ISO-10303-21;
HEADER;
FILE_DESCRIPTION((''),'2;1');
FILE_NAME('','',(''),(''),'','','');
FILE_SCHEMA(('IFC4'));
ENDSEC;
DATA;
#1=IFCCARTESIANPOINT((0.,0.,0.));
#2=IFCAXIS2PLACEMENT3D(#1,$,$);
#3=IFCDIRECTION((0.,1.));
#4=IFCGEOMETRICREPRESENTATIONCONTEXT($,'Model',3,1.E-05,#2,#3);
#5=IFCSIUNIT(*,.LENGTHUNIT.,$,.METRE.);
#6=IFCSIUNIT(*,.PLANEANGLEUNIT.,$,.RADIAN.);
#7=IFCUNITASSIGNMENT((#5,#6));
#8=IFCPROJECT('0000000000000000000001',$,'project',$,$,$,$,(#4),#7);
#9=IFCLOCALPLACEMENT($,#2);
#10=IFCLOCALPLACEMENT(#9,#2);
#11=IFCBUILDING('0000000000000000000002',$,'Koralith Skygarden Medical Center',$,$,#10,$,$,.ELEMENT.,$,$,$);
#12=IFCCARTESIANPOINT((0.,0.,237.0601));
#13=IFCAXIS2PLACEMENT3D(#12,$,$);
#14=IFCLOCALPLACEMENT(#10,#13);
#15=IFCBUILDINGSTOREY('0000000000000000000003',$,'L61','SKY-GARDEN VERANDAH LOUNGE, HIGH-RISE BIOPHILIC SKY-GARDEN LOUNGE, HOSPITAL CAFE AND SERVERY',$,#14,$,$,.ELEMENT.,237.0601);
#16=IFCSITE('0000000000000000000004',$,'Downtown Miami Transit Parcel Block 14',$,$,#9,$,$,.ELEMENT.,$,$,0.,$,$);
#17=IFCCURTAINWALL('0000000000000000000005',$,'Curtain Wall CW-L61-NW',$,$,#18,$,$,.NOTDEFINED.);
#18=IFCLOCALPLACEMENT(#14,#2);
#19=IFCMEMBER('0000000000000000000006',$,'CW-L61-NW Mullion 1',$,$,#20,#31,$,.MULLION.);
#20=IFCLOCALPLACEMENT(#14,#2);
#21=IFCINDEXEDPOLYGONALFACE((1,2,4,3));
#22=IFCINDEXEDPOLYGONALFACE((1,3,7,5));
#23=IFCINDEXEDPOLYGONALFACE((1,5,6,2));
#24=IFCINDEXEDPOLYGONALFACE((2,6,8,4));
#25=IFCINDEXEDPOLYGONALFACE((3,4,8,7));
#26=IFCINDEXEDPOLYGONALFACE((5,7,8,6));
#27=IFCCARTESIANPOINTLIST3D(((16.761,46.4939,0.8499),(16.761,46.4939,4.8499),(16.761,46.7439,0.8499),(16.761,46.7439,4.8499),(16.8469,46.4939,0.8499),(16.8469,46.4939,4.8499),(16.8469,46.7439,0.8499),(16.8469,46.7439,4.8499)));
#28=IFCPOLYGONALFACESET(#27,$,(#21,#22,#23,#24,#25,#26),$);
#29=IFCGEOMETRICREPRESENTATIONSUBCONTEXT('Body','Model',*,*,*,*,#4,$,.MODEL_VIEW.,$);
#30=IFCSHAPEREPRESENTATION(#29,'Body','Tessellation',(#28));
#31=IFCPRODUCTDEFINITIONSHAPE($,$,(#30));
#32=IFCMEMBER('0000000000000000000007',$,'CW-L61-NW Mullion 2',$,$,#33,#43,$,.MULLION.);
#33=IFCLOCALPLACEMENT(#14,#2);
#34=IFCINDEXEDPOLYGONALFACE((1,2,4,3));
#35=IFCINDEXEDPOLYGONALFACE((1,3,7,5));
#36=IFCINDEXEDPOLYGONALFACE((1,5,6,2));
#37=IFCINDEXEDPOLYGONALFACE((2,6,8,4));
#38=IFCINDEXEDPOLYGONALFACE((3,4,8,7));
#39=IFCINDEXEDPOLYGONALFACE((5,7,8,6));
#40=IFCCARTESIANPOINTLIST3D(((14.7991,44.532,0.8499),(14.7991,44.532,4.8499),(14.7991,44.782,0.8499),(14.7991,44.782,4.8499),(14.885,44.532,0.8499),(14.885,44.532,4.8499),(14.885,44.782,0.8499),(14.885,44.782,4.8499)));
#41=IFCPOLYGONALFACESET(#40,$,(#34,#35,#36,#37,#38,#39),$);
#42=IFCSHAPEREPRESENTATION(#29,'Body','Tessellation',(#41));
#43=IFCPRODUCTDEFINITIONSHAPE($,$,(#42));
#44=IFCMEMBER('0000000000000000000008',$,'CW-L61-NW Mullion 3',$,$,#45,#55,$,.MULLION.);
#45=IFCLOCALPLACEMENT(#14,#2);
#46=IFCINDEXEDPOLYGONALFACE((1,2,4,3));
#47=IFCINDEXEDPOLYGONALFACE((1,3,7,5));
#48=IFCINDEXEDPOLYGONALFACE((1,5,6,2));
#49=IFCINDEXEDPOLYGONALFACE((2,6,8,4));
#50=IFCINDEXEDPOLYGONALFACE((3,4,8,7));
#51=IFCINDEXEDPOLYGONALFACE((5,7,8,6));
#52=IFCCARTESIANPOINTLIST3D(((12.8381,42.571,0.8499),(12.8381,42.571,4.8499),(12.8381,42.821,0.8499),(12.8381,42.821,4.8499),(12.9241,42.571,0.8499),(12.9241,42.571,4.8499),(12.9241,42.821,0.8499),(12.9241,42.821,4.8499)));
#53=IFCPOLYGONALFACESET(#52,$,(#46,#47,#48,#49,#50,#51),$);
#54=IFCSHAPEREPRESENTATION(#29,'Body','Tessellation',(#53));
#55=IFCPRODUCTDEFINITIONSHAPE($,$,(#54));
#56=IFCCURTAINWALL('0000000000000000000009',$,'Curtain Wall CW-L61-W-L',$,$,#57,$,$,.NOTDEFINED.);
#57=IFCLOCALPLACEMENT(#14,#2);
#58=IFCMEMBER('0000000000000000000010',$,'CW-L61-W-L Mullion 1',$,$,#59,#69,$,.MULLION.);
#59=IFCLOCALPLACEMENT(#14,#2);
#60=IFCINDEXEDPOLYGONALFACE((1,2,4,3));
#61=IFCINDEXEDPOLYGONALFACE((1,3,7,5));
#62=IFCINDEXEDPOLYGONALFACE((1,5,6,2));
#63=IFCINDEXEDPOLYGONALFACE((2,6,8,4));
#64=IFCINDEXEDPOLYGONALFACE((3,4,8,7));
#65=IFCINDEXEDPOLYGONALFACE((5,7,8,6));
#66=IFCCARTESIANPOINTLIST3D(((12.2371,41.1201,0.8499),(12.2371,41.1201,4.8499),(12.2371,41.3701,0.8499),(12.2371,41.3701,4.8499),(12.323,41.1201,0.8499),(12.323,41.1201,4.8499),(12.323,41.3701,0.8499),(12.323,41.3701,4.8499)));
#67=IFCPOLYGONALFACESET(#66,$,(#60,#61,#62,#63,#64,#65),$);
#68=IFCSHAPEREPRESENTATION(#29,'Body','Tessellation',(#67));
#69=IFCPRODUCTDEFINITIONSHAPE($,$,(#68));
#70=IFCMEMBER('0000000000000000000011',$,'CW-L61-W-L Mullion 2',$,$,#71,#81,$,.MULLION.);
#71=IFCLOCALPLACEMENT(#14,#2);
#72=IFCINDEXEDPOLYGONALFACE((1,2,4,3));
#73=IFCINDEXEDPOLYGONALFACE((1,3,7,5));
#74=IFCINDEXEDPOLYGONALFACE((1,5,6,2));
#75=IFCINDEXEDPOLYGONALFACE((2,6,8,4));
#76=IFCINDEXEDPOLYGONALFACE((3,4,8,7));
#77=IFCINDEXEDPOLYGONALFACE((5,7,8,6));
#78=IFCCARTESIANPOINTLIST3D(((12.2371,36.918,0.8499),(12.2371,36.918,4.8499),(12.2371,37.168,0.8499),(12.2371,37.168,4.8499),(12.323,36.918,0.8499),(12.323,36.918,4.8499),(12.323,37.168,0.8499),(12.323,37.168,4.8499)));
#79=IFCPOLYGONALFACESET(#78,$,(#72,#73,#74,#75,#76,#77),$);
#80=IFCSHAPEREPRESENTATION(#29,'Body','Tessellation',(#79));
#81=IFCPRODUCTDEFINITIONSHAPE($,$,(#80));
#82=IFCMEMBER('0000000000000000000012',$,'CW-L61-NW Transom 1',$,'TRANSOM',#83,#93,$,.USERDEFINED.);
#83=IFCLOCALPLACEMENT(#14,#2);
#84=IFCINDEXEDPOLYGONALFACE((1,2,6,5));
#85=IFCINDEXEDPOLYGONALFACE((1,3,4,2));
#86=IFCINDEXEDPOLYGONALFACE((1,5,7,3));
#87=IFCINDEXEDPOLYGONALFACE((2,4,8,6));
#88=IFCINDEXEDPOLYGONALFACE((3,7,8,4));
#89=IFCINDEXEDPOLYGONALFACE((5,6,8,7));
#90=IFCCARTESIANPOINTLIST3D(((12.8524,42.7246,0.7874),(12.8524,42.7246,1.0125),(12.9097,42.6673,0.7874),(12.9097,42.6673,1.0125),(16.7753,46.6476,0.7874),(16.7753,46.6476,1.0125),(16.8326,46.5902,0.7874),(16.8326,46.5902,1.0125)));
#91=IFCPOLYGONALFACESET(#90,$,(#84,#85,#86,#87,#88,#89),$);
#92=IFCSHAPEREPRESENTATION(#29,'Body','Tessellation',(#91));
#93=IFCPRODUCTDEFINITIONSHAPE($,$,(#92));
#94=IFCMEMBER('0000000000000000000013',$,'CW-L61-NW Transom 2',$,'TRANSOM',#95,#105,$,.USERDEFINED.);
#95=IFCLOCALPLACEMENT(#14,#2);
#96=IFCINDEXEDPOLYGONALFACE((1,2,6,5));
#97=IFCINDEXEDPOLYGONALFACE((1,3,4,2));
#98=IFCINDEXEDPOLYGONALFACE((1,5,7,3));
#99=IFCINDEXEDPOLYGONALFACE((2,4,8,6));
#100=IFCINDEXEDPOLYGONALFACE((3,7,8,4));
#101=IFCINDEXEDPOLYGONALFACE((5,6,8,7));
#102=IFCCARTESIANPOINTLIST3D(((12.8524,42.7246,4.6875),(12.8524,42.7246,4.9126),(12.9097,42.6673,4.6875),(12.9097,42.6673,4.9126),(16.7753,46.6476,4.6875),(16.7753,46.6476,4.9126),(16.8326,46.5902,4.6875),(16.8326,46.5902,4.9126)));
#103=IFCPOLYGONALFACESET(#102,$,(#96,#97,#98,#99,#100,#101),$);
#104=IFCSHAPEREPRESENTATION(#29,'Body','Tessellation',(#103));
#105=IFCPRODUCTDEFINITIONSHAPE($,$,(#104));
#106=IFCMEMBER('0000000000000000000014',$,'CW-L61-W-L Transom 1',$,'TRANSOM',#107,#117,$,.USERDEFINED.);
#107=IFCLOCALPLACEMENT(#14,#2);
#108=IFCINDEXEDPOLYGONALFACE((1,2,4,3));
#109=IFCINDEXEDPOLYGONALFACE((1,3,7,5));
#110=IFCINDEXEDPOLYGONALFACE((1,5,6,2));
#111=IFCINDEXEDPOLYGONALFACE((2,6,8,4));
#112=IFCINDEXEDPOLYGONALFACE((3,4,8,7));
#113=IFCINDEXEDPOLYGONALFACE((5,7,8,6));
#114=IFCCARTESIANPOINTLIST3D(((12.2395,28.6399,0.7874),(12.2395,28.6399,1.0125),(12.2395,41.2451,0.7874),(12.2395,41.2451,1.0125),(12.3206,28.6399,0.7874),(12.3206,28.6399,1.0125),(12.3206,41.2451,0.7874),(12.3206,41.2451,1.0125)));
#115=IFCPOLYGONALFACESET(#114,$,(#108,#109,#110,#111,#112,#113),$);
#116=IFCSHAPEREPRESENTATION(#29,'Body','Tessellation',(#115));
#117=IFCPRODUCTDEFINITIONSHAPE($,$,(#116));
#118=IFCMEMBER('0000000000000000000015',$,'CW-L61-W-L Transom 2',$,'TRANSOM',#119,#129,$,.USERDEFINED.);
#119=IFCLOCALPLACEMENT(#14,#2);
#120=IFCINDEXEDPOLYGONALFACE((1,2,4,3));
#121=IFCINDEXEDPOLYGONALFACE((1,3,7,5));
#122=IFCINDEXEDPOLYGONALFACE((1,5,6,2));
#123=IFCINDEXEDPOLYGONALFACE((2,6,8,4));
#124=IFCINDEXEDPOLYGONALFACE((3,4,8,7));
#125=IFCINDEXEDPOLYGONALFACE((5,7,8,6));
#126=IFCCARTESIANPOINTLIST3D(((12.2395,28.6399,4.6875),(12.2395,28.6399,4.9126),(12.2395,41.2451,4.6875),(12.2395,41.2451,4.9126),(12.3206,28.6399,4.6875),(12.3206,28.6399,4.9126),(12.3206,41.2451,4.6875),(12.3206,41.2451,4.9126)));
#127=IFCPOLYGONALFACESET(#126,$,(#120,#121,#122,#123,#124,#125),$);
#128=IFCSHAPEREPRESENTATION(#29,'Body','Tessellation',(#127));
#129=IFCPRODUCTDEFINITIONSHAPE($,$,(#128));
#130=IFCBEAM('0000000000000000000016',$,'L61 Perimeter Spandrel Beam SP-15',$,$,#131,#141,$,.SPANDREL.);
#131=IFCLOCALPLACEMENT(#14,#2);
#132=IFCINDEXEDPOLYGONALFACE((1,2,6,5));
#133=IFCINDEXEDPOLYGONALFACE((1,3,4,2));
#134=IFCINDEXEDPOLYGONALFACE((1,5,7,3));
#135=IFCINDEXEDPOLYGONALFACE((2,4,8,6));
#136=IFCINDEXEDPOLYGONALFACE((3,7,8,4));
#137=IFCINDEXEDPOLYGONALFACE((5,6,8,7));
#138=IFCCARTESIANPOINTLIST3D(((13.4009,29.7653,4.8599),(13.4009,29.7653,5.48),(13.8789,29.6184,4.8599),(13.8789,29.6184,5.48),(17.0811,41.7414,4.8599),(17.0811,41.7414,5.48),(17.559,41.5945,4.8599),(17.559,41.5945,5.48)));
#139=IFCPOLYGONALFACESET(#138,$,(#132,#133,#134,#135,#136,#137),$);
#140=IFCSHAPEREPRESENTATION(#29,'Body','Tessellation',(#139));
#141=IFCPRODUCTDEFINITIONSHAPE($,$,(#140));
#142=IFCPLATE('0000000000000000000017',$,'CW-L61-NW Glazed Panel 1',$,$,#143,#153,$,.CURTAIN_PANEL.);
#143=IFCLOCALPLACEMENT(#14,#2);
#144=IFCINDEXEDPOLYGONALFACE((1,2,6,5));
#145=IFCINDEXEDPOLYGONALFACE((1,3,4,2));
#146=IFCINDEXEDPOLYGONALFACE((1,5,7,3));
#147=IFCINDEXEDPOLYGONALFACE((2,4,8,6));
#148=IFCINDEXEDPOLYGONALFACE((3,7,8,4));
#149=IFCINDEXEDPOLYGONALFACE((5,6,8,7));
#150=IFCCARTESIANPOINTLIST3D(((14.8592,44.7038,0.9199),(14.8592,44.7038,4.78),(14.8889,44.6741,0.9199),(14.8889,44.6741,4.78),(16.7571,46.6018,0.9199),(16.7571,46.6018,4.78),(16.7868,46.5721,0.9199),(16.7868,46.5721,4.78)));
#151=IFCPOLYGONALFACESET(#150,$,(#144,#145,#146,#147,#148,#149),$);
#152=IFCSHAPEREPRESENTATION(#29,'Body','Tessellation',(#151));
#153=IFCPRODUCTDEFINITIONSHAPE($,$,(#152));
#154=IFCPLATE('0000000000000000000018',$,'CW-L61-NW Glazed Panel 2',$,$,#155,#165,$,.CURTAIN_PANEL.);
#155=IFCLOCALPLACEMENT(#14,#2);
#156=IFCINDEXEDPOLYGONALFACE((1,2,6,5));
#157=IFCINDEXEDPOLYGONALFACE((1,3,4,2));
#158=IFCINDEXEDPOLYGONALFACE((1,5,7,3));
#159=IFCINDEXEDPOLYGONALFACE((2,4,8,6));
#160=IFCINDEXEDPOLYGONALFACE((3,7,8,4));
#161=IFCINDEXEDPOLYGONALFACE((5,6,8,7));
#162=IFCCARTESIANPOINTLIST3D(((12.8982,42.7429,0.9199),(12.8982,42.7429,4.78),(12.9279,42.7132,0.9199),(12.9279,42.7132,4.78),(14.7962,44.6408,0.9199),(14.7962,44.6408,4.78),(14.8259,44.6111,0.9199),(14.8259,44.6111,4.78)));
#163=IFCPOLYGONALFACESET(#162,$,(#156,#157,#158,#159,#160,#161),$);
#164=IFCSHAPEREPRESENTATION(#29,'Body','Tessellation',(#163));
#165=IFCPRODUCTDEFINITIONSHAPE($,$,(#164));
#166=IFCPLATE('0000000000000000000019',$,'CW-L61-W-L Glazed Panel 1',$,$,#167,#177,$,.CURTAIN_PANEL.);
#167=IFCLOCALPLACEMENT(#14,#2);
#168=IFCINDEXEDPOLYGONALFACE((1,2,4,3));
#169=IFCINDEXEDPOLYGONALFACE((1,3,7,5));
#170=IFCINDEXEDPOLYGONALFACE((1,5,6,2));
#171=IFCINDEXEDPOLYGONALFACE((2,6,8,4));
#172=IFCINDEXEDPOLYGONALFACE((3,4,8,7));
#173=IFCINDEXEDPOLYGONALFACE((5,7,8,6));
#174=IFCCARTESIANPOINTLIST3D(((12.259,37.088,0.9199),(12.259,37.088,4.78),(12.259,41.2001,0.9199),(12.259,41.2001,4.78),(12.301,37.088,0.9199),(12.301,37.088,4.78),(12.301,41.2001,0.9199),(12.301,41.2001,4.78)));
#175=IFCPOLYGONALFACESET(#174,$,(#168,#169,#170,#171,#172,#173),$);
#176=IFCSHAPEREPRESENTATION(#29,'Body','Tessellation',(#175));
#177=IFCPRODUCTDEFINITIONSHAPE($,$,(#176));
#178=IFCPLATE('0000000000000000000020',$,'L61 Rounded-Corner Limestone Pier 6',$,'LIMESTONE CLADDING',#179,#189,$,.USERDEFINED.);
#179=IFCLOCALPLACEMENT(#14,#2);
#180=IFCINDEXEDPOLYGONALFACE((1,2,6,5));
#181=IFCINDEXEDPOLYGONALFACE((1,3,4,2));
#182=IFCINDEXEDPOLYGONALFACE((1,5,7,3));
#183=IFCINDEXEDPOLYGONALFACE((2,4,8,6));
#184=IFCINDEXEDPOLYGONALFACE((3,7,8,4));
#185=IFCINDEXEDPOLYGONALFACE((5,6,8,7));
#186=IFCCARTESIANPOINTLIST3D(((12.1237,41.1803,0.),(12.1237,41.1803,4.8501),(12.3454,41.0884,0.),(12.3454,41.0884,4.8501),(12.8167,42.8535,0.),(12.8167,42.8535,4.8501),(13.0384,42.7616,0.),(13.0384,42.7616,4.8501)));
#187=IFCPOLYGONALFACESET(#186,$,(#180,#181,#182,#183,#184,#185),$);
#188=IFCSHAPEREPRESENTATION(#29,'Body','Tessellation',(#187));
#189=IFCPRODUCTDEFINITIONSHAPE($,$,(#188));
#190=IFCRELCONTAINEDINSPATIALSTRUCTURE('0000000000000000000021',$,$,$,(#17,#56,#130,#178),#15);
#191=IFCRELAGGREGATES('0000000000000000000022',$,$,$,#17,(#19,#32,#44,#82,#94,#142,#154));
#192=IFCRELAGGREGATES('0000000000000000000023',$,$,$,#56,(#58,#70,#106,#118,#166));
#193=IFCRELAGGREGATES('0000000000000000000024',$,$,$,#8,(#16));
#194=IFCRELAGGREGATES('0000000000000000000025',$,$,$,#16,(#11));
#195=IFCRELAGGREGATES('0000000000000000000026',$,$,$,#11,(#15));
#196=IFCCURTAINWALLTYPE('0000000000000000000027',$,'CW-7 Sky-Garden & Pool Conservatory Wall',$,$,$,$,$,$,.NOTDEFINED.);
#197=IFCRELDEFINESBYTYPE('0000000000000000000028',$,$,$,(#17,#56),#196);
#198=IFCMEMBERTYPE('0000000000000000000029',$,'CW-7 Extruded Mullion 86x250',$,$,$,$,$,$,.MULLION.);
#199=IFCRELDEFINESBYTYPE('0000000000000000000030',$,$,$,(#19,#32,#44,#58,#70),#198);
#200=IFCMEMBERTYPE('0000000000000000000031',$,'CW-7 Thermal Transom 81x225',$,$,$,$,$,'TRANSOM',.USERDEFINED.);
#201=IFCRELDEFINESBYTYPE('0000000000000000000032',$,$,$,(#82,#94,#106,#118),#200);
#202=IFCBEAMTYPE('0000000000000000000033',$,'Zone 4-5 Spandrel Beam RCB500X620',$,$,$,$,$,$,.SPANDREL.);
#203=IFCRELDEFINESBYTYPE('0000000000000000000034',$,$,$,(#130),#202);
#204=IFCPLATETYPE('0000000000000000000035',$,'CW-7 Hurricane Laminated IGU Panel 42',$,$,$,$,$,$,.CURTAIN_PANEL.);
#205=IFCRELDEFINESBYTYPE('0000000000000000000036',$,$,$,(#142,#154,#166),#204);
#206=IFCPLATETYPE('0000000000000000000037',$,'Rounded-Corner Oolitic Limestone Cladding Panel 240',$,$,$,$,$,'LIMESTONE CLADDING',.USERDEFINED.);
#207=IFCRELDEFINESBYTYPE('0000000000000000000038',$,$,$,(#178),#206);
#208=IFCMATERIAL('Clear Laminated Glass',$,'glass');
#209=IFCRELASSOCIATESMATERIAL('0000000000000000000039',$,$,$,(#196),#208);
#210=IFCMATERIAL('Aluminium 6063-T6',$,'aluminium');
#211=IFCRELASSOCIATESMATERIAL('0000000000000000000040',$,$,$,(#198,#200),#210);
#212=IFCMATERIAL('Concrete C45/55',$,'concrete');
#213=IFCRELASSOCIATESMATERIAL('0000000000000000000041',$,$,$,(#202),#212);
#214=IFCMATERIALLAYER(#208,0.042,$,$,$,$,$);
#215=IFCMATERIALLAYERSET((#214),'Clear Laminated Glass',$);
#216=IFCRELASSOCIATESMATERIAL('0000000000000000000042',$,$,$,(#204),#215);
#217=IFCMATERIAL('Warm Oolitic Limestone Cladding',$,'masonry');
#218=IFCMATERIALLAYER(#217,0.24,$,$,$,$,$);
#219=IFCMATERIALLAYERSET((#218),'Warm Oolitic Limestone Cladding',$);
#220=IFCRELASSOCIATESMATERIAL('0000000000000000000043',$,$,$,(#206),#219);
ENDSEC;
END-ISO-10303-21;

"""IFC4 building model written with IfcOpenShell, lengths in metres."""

from ifc_helpers import new_model, si_unit, direction, frame, origin, origin_2d, place, context, subcontext, project, spatial, rectangle, extrude, material, layer, layer_set, material_profile, profile_set, type_object, element, aggregate, save


model = new_model("IFC4")

# Units and contexts
model_context = context("Model", 3, precision=1e-05, world=origin(), true_north=direction((0.0, 1.0)))
body_context = subcontext(model_context, "Body", "Model", "MODEL_VIEW")
ifc_project = project(units=[si_unit("LENGTHUNIT", "METRE"), si_unit("PLANEANGLEUNIT", "RADIAN")], contexts=[model_context])

# Site, building, storey
site_placement = place(None, origin())
site = spatial("IfcSite", under=ifc_project, at=site_placement, Name="Downtown Miami Transit Parcel Block 14", CompositionType="ELEMENT", RefElevation=0.0)
building_placement = place(site_placement, origin())
building = spatial("IfcBuilding", under=site, at=building_placement, Name="Koralith Skygarden Medical Center", CompositionType="ELEMENT")
storey_placement = place(building_placement, frame((0.0, 0.0, 237.0601)))
storey = spatial("IfcBuildingStorey", under=building, at=storey_placement, Name="L61", Description="SKY-GARDEN VERANDAH LOUNGE, HIGH-RISE BIOPHILIC SKY-GARDEN LOUNGE, HOSPITAL CAFE AND SERVERY", CompositionType="ELEMENT", Elevation=237.0601)

# Curtain walls, members
ifc_material_1 = material(Name="Clear Laminated Glass", Category="glass")
curtain_wall_type = type_object("IfcCurtainWallType", Name="CW-7 Sky-Garden & Pool Conservatory Wall", PredefinedType="NOTDEFINED", material=ifc_material_1)
curtain_wall_1_placement = place(storey_placement, origin())
curtain_wall_1 = element("IfcCurtainWall", 1, at=curtain_wall_1_placement, inside=storey, type_object=curtain_wall_type, Name="Curtain Wall CW-L61-NW", PredefinedType="NOTDEFINED")
ifc_material_2 = material(Name="Aluminium 6063-T6", Category="aluminium")
ifc_material_profile_1 = material_profile(ifc_material_2, rectangle(XDim=0.0859, YDim=0.25, at=origin_2d()), Name="MUL86X250")
ifc_profile_set_1 = profile_set([ifc_material_profile_1], Name="Aluminium 6063-T6")
member_type_1 = type_object("IfcMemberType", Name="CW-7 Extruded Mullion 86x250", PredefinedType="MULLION", material=ifc_profile_set_1)
member_1_placement = place(storey_placement, frame((16.804, 46.6189, 0.8499), z_axis=(0.0, 0.0, 1.0), x_axis=(1.0, 0.0, 0.0)))
member_1 = element("IfcMember", 2, at=member_1_placement, type_object=member_type_1, Name="CW-L61-NW Mullion 1", PredefinedType="MULLION", context=body_context, shape_type="SweptSolid", body=[
    extrude(rectangle(XDim=0.0859, YDim=0.25, at=origin_2d()), origin(), (0.0, 0.0, 1.0), 4.0),
])
member_2_placement = place(storey_placement, frame((14.842, 44.657, 0.8499), z_axis=(0.0, 0.0, 1.0), x_axis=(1.0, 0.0, 0.0)))
member_2 = element("IfcMember", 3, at=member_2_placement, type_object=member_type_1, Name="CW-L61-NW Mullion 2", PredefinedType="MULLION", context=body_context, shape_type="SweptSolid", body=[
    extrude(rectangle(XDim=0.0859, YDim=0.25, at=origin_2d()), origin(), (0.0, 0.0, 1.0), 4.0),
])
member_3_placement = place(storey_placement, frame((12.8811, 42.696, 0.8499), z_axis=(0.0, 0.0, 1.0), x_axis=(1.0, 0.0, 0.0)))
member_3 = element("IfcMember", 4, at=member_3_placement, type_object=member_type_1, Name="CW-L61-NW Mullion 3", PredefinedType="MULLION", context=body_context, shape_type="SweptSolid", body=[
    extrude(rectangle(XDim=0.0859, YDim=0.25, at=origin_2d()), origin(), (0.0, 0.0, 1.0), 4.0),
])
curtain_wall_2_placement = place(storey_placement, origin())
curtain_wall_2 = element("IfcCurtainWall", 5, at=curtain_wall_2_placement, inside=storey, type_object=curtain_wall_type, Name="Curtain Wall CW-L61-W-L", PredefinedType="NOTDEFINED")
member_4_placement = place(storey_placement, frame((12.28, 41.2451, 0.8499), z_axis=(0.0, 0.0, 1.0), x_axis=(1.0, 0.0, 0.0)))
member_4 = element("IfcMember", 6, at=member_4_placement, type_object=member_type_1, Name="CW-L61-W-L Mullion 1", PredefinedType="MULLION", context=body_context, shape_type="SweptSolid", body=[
    extrude(rectangle(XDim=0.0859, YDim=0.25, at=origin_2d()), origin(), (0.0, 0.0, 1.0), 4.0),
])
member_5_placement = place(storey_placement, frame((12.28, 37.043, 0.8499), z_axis=(0.0, 0.0, 1.0), x_axis=(1.0, 0.0, 0.0)))
member_5 = element("IfcMember", 7, at=member_5_placement, type_object=member_type_1, Name="CW-L61-W-L Mullion 2", PredefinedType="MULLION", context=body_context, shape_type="SweptSolid", body=[
    extrude(rectangle(XDim=0.0859, YDim=0.25, at=origin_2d()), origin(), (0.0, 0.0, 1.0), 4.0),
])

# Members
ifc_material_profile_2 = material_profile(ifc_material_2, rectangle(XDim=0.0811, YDim=0.2251, at=origin_2d()), Name="TRN81X225")
ifc_profile_set_2 = profile_set([ifc_material_profile_2], Name="Aluminium 6063-T6")
member_type_2 = type_object("IfcMemberType", Name="CW-7 Thermal Transom 81x225", ElementType="TRANSOM", PredefinedType="USERDEFINED", material=ifc_profile_set_2)
member_6_placement = place(storey_placement, frame((16.804, 46.6189, 0.8999), z_axis=(-0.707107, -0.707107, 0.0), x_axis=(0.707107, -0.707107, 0.0)))
member_6 = element("IfcMember", 8, at=member_6_placement, type_object=member_type_2, Name="CW-L61-NW Transom 1", ObjectType="TRANSOM", PredefinedType="USERDEFINED", context=body_context, shape_type="SweptSolid", body=[
    extrude(rectangle(XDim=0.0811, YDim=0.2251, at=origin_2d()), origin(), (0.0, 0.0, 1.0), 5.5479),
])
member_7_placement = place(storey_placement, frame((16.804, 46.6189, 4.8), z_axis=(-0.707107, -0.707107, 0.0), x_axis=(0.707107, -0.707107, 0.0)))
member_7 = element("IfcMember", 9, at=member_7_placement, type_object=member_type_2, Name="CW-L61-NW Transom 2", ObjectType="TRANSOM", PredefinedType="USERDEFINED", context=body_context, shape_type="SweptSolid", body=[
    extrude(rectangle(XDim=0.0811, YDim=0.2251, at=origin_2d()), origin(), (0.0, 0.0, 1.0), 5.5479),
])
member_8_placement = place(storey_placement, frame((12.28, 41.2451, 0.8999), z_axis=(0.0, -1.0, 0.0), x_axis=(1.0, 0.0, 0.0)))
member_8 = element("IfcMember", 10, at=member_8_placement, type_object=member_type_2, Name="CW-L61-W-L Transom 1", ObjectType="TRANSOM", PredefinedType="USERDEFINED", context=body_context, shape_type="SweptSolid", body=[
    extrude(rectangle(XDim=0.0811, YDim=0.2251, at=origin_2d()), origin(), (0.0, 0.0, 1.0), 12.6052),
])
member_9_placement = place(storey_placement, frame((12.28, 41.2451, 4.8), z_axis=(0.0, -1.0, 0.0), x_axis=(1.0, 0.0, 0.0)))
member_9 = element("IfcMember", 11, at=member_9_placement, type_object=member_type_2, Name="CW-L61-W-L Transom 2", ObjectType="TRANSOM", PredefinedType="USERDEFINED", context=body_context, shape_type="SweptSolid", body=[
    extrude(rectangle(XDim=0.0811, YDim=0.2251, at=origin_2d()), origin(), (0.0, 0.0, 1.0), 12.6052),
])

# Beam
ifc_material_3 = material(Name="Concrete C45/55", Category="concrete")
ifc_material_profile_3 = material_profile(ifc_material_3, rectangle(XDim=0.5, YDim=0.6201, at=origin_2d()), Name="RCB500X620")
ifc_profile_set_3 = profile_set([ifc_material_profile_3], Name="Concrete C45/55")
beam_type = type_object("IfcBeamType", Name="Zone 4-5 Spandrel Beam RCB500X620", PredefinedType="SPANDREL", material=ifc_profile_set_3)
beam_placement = place(storey_placement, frame((17.3201, 41.668, 5.1699), z_axis=(-0.293738, -0.955886, 0.0), x_axis=(0.955886, -0.293738, 0.0)))
element("IfcBeam", 12, at=beam_placement, inside=storey, type_object=beam_type, Name="L61 Perimeter Spandrel Beam SP-15", PredefinedType="SPANDREL", context=body_context, shape_type="SweptSolid", body=[
    extrude(rectangle(XDim=0.5, YDim=0.6201, at=origin_2d()), origin(), (0.0, 0.0, 1.0), 12.5288),
])

# Plates
ifc_layer_1 = layer(ifc_material_1, 0.042)
ifc_layer_set_1 = layer_set([ifc_layer_1], Name="Clear Laminated Glass")
plate_type_1 = type_object("IfcPlateType", Name="CW-7 Hurricane Laminated IGU Panel 42", PredefinedType="CURTAIN_PANEL", material=ifc_layer_set_1)
plate_1_placement = place(storey_placement, frame((15.823, 45.6379, 0.9199), z_axis=(0.0, 0.0, 1.0), x_axis=(-0.707107, -0.707107, 0.0)))
plate_1 = element("IfcPlate", 13, at=plate_1_placement, type_object=plate_type_1, Name="CW-L61-NW Glazed Panel 1", PredefinedType="CURTAIN_PANEL", context=body_context, shape_type="SweptSolid", body=[
    extrude(rectangle(XDim=2.6841, YDim=0.042, at=origin_2d()), origin(), (0.0, 0.0, 1.0), 3.8601),
])
plate_2_placement = place(storey_placement, frame((13.8621, 43.677, 0.9199), z_axis=(0.0, 0.0, 1.0), x_axis=(-0.707107, -0.707107, 0.0)))
plate_2 = element("IfcPlate", 14, at=plate_2_placement, type_object=plate_type_1, Name="CW-L61-NW Glazed Panel 2", PredefinedType="CURTAIN_PANEL", context=body_context, shape_type="SweptSolid", body=[
    extrude(rectangle(XDim=2.6841, YDim=0.042, at=origin_2d()), origin(), (0.0, 0.0, 1.0), 3.8601),
])
aggregate(curtain_wall_1, [member_1, member_2, member_3, member_6, member_7, plate_1, plate_2])
plate_3_placement = place(storey_placement, frame((12.28, 39.144, 0.9199), z_axis=(0.0, 0.0, 1.0), x_axis=(0.0, -1.0, 0.0)))
plate_3 = element("IfcPlate", 15, at=plate_3_placement, type_object=plate_type_1, Name="CW-L61-W-L Glazed Panel 1", PredefinedType="CURTAIN_PANEL", context=body_context, shape_type="SweptSolid", body=[
    extrude(rectangle(XDim=4.1121, YDim=0.042, at=origin_2d()), origin(), (0.0, 0.0, 1.0), 3.8601),
])
aggregate(curtain_wall_2, [member_4, member_5, member_8, member_9, plate_3])
ifc_material_4 = material(Name="Warm Oolitic Limestone Cladding", Category="masonry")
ifc_layer_2 = layer(ifc_material_4, 0.24)
ifc_layer_set_2 = layer_set([ifc_layer_2], Name="Warm Oolitic Limestone Cladding")
plate_type_2 = type_object("IfcPlateType", Name="Rounded-Corner Oolitic Limestone Cladding Panel 240", ElementType="LIMESTONE CLADDING", PredefinedType="USERDEFINED", material=ifc_layer_set_2)
plate_4_placement = place(storey_placement, frame((12.5811, 41.9709, 0.0), z_axis=(0.0, 0.0, 1.0), x_axis=(-0.382671, -0.923885, 0.0)))
element("IfcPlate", 16, at=plate_4_placement, inside=storey, type_object=plate_type_2, Name="L61 Rounded-Corner Limestone Pier 6", ObjectType="LIMESTONE CLADDING", PredefinedType="USERDEFINED", context=body_context, shape_type="SweptSolid", body=[
    extrude(rectangle(XDim=1.811, YDim=0.24, at=origin_2d()), origin(), (0.0, 0.0, 1.0), 4.8501),
])

save(model, "model.ifc")
